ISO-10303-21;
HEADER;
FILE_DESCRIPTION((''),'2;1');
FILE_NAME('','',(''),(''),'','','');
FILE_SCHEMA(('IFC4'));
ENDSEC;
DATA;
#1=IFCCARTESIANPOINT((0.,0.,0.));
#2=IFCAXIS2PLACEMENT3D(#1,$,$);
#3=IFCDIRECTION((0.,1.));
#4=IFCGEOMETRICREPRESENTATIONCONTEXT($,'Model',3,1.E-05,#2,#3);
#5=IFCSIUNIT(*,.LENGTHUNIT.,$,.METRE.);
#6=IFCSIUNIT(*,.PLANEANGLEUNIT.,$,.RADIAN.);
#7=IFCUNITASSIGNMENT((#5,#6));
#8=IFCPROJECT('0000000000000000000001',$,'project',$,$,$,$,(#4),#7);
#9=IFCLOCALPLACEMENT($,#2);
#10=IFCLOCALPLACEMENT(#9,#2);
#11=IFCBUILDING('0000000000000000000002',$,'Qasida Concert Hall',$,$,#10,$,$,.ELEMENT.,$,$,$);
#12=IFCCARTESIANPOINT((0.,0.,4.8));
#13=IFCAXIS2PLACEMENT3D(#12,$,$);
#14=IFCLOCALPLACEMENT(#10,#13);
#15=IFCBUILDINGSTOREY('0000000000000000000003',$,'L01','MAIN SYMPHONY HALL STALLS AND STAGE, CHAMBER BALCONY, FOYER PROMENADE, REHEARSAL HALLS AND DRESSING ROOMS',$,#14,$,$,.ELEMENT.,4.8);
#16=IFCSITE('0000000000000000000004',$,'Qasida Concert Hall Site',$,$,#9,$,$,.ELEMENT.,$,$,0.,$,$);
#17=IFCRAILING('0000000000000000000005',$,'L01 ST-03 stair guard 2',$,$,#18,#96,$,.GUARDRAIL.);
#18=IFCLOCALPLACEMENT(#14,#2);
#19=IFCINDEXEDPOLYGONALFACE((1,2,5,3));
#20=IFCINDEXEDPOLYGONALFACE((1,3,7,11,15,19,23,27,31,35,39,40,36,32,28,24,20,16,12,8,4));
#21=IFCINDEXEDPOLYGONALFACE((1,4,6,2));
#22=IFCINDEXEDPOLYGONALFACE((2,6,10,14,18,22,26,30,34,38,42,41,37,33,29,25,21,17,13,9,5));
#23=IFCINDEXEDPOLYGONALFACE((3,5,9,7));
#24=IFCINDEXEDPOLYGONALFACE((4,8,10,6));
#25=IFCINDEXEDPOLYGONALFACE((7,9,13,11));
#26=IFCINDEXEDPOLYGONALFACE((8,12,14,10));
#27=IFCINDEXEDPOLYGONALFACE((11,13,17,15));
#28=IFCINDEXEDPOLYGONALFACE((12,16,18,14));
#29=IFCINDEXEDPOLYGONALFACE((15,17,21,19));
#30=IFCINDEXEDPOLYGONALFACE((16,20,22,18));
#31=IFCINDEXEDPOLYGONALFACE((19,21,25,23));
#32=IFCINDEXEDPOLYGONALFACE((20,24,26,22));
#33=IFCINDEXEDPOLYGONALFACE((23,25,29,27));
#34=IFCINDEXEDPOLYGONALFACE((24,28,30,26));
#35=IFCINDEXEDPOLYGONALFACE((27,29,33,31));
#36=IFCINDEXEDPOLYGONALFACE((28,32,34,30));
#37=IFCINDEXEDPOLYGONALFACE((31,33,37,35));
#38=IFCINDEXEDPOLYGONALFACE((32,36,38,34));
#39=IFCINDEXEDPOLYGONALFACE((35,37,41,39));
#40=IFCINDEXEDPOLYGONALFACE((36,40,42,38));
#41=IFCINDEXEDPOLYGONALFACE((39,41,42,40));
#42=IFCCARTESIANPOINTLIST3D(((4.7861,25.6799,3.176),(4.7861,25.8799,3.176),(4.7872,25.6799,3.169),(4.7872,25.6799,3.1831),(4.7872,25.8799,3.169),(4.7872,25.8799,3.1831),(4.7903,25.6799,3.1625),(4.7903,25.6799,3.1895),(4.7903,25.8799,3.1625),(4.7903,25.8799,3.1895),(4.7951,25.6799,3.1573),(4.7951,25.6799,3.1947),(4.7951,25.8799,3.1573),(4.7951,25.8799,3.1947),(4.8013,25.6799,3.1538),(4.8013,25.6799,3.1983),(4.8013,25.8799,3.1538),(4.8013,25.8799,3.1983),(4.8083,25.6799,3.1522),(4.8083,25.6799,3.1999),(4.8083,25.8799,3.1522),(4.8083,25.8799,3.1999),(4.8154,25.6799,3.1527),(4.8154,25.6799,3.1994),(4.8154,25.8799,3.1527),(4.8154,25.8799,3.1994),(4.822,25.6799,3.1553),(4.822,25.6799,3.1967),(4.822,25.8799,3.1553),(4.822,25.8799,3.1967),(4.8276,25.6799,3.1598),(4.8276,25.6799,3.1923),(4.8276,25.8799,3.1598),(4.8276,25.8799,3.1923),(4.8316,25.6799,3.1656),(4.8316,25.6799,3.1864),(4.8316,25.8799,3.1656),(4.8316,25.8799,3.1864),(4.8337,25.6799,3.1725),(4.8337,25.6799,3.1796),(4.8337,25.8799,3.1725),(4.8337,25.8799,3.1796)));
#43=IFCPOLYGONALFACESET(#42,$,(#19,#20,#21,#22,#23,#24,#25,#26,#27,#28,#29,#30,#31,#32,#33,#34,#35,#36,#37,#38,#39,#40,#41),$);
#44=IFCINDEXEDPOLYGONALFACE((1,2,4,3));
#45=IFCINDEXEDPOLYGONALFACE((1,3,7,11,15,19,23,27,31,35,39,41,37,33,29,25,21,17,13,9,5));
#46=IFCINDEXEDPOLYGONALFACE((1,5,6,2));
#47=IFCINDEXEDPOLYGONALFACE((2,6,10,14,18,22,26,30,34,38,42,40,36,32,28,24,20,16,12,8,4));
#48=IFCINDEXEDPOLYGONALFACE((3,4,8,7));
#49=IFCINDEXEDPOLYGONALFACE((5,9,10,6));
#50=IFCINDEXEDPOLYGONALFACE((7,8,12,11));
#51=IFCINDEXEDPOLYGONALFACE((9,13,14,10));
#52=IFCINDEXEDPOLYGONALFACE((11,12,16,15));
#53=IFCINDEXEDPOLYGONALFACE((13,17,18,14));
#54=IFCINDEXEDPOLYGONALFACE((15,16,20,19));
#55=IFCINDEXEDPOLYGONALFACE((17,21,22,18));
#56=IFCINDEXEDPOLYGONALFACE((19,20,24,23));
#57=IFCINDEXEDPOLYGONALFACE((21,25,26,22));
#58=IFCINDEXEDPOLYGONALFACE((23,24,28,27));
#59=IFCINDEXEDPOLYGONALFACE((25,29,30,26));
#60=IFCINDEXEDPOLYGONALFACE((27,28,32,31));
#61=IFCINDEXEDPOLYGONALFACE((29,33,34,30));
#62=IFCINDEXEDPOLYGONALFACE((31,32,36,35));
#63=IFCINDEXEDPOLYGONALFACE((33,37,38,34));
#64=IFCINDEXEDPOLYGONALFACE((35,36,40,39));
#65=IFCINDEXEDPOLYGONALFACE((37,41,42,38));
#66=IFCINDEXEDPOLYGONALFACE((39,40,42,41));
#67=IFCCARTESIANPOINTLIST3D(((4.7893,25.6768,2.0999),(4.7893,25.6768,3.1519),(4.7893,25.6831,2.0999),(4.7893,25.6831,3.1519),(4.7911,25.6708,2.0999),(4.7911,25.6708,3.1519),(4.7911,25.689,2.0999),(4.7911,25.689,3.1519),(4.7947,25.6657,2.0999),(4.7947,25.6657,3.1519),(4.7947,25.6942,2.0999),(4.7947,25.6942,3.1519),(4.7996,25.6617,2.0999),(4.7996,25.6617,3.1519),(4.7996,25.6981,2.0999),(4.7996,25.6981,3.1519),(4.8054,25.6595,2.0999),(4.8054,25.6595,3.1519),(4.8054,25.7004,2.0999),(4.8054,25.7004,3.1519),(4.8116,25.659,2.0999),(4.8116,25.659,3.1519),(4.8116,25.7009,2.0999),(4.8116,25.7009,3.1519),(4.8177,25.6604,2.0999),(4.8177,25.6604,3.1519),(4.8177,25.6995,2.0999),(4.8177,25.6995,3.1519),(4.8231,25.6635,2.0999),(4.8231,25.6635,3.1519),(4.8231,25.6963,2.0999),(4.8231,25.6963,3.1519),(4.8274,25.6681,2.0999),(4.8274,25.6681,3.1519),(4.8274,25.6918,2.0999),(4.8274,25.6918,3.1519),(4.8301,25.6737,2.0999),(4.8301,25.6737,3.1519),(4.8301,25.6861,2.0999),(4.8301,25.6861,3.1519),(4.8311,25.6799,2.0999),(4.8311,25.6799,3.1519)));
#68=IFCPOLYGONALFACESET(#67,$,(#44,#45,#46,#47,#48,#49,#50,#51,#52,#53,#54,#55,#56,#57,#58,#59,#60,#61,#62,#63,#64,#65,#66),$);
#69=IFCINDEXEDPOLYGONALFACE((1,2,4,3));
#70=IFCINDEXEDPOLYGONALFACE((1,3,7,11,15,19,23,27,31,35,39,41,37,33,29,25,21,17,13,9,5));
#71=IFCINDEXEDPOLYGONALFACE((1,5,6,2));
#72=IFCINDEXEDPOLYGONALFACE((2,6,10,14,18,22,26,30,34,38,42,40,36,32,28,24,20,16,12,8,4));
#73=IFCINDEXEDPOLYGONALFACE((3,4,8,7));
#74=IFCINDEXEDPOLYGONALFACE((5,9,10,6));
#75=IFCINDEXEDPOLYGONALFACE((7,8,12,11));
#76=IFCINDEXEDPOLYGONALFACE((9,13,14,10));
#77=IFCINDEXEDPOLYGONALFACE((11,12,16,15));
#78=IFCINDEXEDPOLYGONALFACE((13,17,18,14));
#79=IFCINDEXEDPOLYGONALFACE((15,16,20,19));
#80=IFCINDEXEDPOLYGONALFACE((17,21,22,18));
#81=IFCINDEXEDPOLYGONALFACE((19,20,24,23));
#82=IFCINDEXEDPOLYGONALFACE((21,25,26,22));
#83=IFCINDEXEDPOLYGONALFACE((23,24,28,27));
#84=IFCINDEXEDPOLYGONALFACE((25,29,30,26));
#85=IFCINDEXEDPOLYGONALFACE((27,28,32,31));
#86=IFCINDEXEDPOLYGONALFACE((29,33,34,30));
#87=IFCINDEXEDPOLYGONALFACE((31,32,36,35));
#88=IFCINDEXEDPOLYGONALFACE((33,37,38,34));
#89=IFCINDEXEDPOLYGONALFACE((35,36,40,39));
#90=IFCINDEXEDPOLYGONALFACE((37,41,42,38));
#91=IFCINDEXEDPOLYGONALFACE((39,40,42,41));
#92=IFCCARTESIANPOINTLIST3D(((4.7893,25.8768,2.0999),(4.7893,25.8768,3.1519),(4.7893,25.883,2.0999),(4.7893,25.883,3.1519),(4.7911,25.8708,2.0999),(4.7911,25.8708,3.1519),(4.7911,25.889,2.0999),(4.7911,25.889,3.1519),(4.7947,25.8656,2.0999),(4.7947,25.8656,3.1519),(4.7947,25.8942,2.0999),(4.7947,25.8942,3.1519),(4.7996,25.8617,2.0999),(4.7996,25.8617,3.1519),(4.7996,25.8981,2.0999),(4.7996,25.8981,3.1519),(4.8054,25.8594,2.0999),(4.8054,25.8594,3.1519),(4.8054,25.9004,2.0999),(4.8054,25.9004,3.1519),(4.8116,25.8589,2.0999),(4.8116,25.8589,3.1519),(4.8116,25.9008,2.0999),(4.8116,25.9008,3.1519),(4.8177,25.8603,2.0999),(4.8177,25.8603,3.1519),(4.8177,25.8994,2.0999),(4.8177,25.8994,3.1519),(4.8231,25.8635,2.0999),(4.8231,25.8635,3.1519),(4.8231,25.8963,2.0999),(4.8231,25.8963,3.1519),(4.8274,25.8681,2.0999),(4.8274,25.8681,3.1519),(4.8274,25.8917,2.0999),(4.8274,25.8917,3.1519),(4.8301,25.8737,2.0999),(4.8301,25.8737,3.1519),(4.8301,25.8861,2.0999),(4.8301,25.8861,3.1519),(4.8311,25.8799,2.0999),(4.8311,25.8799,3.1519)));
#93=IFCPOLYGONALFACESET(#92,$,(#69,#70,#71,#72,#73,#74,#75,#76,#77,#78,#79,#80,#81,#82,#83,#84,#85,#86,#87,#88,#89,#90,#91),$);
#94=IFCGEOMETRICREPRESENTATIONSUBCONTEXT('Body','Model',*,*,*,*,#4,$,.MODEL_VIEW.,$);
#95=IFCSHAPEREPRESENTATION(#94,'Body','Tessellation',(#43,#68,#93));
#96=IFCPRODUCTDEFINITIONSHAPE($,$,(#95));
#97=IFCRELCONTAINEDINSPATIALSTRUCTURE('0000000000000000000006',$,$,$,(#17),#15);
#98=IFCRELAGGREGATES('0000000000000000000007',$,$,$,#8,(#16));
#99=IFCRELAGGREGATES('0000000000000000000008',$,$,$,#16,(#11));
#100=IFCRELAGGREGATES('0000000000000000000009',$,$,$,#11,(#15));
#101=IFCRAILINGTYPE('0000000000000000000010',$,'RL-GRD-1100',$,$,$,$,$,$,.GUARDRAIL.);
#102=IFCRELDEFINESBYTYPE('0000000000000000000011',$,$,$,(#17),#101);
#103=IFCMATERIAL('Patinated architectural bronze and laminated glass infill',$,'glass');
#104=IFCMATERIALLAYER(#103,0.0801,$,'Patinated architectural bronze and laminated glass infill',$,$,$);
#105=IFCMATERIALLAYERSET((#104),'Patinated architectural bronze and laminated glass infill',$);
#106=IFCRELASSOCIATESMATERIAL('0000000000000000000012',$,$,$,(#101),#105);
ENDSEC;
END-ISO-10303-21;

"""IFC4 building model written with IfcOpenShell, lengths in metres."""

from ifc_helpers import new_model, si_unit, direction, frame, origin, origin_2d, place, context, subcontext, project, spatial, circle, extrude, material, layer, layer_set, type_object, element, save


model = new_model("IFC4")

# Units and contexts
model_context = context("Model", 3, precision=1e-05, world=origin(), true_north=direction((0.0, 1.0)))
body_context = subcontext(model_context, "Body", "Model", "MODEL_VIEW")
ifc_project = project(units=[si_unit("LENGTHUNIT", "METRE"), si_unit("PLANEANGLEUNIT", "RADIAN")], contexts=[model_context])

# Site, building, storey
site_placement = place(None, origin())
site = spatial("IfcSite", under=ifc_project, at=site_placement, Name="Qasida Concert Hall Site", CompositionType="ELEMENT", RefElevation=0.0)
building_placement = place(site_placement, origin())
building = spatial("IfcBuilding", under=site, at=building_placement, Name="Qasida Concert Hall", CompositionType="ELEMENT")
storey_placement = place(building_placement, frame((0.0, 0.0, 4.8)))
storey = spatial("IfcBuildingStorey", under=building, at=storey_placement, Name="L01", Description="MAIN SYMPHONY HALL STALLS AND STAGE, CHAMBER BALCONY, FOYER PROMENADE, REHEARSAL HALLS AND DRESSING ROOMS", CompositionType="ELEMENT", Elevation=4.8)

# Railing
ifc_material_1 = material(Name="Patinated architectural bronze and laminated glass infill", Category="glass")
ifc_layer_1 = layer(ifc_material_1, 0.0801, Name="Patinated architectural bronze and laminated glass infill")
ifc_layer_set_1 = layer_set([ifc_layer_1], Name="Patinated architectural bronze and laminated glass infill")
railing_type_1 = type_object("IfcRailingType", Name="RL-GRD-1100", PredefinedType="GUARDRAIL", material=ifc_layer_set_1)
railing_1_placement = place(storey_placement, frame((4.8101, 25.6799, 2.0999)))
element("IfcRailing", 1, at=railing_1_placement, inside=storey, type_object=railing_type_1, Name="L01 ST-03 stair guard 2", PredefinedType="GUARDRAIL", context=body_context, shape_type="SweptSolid", body=[
    extrude(circle(Radius=0.0239, at=origin_2d()), frame((0.0, 0.0, 1.0762), z_axis=(0.0, 1.0, 0.0), x_axis=(-1.0, 0.0, 0.0)), (0.0, 0.0, 1.0), 0.2),
    extrude(circle(Radius=0.021, at=origin_2d()), origin(), (0.0, 0.0, 1.0), 1.052),
    extrude(circle(Radius=0.021, at=origin_2d()), frame((0.0, 0.2, 0.0)), (0.0, 0.0, 1.0), 1.052),
])

save(model, "model.ifc")
